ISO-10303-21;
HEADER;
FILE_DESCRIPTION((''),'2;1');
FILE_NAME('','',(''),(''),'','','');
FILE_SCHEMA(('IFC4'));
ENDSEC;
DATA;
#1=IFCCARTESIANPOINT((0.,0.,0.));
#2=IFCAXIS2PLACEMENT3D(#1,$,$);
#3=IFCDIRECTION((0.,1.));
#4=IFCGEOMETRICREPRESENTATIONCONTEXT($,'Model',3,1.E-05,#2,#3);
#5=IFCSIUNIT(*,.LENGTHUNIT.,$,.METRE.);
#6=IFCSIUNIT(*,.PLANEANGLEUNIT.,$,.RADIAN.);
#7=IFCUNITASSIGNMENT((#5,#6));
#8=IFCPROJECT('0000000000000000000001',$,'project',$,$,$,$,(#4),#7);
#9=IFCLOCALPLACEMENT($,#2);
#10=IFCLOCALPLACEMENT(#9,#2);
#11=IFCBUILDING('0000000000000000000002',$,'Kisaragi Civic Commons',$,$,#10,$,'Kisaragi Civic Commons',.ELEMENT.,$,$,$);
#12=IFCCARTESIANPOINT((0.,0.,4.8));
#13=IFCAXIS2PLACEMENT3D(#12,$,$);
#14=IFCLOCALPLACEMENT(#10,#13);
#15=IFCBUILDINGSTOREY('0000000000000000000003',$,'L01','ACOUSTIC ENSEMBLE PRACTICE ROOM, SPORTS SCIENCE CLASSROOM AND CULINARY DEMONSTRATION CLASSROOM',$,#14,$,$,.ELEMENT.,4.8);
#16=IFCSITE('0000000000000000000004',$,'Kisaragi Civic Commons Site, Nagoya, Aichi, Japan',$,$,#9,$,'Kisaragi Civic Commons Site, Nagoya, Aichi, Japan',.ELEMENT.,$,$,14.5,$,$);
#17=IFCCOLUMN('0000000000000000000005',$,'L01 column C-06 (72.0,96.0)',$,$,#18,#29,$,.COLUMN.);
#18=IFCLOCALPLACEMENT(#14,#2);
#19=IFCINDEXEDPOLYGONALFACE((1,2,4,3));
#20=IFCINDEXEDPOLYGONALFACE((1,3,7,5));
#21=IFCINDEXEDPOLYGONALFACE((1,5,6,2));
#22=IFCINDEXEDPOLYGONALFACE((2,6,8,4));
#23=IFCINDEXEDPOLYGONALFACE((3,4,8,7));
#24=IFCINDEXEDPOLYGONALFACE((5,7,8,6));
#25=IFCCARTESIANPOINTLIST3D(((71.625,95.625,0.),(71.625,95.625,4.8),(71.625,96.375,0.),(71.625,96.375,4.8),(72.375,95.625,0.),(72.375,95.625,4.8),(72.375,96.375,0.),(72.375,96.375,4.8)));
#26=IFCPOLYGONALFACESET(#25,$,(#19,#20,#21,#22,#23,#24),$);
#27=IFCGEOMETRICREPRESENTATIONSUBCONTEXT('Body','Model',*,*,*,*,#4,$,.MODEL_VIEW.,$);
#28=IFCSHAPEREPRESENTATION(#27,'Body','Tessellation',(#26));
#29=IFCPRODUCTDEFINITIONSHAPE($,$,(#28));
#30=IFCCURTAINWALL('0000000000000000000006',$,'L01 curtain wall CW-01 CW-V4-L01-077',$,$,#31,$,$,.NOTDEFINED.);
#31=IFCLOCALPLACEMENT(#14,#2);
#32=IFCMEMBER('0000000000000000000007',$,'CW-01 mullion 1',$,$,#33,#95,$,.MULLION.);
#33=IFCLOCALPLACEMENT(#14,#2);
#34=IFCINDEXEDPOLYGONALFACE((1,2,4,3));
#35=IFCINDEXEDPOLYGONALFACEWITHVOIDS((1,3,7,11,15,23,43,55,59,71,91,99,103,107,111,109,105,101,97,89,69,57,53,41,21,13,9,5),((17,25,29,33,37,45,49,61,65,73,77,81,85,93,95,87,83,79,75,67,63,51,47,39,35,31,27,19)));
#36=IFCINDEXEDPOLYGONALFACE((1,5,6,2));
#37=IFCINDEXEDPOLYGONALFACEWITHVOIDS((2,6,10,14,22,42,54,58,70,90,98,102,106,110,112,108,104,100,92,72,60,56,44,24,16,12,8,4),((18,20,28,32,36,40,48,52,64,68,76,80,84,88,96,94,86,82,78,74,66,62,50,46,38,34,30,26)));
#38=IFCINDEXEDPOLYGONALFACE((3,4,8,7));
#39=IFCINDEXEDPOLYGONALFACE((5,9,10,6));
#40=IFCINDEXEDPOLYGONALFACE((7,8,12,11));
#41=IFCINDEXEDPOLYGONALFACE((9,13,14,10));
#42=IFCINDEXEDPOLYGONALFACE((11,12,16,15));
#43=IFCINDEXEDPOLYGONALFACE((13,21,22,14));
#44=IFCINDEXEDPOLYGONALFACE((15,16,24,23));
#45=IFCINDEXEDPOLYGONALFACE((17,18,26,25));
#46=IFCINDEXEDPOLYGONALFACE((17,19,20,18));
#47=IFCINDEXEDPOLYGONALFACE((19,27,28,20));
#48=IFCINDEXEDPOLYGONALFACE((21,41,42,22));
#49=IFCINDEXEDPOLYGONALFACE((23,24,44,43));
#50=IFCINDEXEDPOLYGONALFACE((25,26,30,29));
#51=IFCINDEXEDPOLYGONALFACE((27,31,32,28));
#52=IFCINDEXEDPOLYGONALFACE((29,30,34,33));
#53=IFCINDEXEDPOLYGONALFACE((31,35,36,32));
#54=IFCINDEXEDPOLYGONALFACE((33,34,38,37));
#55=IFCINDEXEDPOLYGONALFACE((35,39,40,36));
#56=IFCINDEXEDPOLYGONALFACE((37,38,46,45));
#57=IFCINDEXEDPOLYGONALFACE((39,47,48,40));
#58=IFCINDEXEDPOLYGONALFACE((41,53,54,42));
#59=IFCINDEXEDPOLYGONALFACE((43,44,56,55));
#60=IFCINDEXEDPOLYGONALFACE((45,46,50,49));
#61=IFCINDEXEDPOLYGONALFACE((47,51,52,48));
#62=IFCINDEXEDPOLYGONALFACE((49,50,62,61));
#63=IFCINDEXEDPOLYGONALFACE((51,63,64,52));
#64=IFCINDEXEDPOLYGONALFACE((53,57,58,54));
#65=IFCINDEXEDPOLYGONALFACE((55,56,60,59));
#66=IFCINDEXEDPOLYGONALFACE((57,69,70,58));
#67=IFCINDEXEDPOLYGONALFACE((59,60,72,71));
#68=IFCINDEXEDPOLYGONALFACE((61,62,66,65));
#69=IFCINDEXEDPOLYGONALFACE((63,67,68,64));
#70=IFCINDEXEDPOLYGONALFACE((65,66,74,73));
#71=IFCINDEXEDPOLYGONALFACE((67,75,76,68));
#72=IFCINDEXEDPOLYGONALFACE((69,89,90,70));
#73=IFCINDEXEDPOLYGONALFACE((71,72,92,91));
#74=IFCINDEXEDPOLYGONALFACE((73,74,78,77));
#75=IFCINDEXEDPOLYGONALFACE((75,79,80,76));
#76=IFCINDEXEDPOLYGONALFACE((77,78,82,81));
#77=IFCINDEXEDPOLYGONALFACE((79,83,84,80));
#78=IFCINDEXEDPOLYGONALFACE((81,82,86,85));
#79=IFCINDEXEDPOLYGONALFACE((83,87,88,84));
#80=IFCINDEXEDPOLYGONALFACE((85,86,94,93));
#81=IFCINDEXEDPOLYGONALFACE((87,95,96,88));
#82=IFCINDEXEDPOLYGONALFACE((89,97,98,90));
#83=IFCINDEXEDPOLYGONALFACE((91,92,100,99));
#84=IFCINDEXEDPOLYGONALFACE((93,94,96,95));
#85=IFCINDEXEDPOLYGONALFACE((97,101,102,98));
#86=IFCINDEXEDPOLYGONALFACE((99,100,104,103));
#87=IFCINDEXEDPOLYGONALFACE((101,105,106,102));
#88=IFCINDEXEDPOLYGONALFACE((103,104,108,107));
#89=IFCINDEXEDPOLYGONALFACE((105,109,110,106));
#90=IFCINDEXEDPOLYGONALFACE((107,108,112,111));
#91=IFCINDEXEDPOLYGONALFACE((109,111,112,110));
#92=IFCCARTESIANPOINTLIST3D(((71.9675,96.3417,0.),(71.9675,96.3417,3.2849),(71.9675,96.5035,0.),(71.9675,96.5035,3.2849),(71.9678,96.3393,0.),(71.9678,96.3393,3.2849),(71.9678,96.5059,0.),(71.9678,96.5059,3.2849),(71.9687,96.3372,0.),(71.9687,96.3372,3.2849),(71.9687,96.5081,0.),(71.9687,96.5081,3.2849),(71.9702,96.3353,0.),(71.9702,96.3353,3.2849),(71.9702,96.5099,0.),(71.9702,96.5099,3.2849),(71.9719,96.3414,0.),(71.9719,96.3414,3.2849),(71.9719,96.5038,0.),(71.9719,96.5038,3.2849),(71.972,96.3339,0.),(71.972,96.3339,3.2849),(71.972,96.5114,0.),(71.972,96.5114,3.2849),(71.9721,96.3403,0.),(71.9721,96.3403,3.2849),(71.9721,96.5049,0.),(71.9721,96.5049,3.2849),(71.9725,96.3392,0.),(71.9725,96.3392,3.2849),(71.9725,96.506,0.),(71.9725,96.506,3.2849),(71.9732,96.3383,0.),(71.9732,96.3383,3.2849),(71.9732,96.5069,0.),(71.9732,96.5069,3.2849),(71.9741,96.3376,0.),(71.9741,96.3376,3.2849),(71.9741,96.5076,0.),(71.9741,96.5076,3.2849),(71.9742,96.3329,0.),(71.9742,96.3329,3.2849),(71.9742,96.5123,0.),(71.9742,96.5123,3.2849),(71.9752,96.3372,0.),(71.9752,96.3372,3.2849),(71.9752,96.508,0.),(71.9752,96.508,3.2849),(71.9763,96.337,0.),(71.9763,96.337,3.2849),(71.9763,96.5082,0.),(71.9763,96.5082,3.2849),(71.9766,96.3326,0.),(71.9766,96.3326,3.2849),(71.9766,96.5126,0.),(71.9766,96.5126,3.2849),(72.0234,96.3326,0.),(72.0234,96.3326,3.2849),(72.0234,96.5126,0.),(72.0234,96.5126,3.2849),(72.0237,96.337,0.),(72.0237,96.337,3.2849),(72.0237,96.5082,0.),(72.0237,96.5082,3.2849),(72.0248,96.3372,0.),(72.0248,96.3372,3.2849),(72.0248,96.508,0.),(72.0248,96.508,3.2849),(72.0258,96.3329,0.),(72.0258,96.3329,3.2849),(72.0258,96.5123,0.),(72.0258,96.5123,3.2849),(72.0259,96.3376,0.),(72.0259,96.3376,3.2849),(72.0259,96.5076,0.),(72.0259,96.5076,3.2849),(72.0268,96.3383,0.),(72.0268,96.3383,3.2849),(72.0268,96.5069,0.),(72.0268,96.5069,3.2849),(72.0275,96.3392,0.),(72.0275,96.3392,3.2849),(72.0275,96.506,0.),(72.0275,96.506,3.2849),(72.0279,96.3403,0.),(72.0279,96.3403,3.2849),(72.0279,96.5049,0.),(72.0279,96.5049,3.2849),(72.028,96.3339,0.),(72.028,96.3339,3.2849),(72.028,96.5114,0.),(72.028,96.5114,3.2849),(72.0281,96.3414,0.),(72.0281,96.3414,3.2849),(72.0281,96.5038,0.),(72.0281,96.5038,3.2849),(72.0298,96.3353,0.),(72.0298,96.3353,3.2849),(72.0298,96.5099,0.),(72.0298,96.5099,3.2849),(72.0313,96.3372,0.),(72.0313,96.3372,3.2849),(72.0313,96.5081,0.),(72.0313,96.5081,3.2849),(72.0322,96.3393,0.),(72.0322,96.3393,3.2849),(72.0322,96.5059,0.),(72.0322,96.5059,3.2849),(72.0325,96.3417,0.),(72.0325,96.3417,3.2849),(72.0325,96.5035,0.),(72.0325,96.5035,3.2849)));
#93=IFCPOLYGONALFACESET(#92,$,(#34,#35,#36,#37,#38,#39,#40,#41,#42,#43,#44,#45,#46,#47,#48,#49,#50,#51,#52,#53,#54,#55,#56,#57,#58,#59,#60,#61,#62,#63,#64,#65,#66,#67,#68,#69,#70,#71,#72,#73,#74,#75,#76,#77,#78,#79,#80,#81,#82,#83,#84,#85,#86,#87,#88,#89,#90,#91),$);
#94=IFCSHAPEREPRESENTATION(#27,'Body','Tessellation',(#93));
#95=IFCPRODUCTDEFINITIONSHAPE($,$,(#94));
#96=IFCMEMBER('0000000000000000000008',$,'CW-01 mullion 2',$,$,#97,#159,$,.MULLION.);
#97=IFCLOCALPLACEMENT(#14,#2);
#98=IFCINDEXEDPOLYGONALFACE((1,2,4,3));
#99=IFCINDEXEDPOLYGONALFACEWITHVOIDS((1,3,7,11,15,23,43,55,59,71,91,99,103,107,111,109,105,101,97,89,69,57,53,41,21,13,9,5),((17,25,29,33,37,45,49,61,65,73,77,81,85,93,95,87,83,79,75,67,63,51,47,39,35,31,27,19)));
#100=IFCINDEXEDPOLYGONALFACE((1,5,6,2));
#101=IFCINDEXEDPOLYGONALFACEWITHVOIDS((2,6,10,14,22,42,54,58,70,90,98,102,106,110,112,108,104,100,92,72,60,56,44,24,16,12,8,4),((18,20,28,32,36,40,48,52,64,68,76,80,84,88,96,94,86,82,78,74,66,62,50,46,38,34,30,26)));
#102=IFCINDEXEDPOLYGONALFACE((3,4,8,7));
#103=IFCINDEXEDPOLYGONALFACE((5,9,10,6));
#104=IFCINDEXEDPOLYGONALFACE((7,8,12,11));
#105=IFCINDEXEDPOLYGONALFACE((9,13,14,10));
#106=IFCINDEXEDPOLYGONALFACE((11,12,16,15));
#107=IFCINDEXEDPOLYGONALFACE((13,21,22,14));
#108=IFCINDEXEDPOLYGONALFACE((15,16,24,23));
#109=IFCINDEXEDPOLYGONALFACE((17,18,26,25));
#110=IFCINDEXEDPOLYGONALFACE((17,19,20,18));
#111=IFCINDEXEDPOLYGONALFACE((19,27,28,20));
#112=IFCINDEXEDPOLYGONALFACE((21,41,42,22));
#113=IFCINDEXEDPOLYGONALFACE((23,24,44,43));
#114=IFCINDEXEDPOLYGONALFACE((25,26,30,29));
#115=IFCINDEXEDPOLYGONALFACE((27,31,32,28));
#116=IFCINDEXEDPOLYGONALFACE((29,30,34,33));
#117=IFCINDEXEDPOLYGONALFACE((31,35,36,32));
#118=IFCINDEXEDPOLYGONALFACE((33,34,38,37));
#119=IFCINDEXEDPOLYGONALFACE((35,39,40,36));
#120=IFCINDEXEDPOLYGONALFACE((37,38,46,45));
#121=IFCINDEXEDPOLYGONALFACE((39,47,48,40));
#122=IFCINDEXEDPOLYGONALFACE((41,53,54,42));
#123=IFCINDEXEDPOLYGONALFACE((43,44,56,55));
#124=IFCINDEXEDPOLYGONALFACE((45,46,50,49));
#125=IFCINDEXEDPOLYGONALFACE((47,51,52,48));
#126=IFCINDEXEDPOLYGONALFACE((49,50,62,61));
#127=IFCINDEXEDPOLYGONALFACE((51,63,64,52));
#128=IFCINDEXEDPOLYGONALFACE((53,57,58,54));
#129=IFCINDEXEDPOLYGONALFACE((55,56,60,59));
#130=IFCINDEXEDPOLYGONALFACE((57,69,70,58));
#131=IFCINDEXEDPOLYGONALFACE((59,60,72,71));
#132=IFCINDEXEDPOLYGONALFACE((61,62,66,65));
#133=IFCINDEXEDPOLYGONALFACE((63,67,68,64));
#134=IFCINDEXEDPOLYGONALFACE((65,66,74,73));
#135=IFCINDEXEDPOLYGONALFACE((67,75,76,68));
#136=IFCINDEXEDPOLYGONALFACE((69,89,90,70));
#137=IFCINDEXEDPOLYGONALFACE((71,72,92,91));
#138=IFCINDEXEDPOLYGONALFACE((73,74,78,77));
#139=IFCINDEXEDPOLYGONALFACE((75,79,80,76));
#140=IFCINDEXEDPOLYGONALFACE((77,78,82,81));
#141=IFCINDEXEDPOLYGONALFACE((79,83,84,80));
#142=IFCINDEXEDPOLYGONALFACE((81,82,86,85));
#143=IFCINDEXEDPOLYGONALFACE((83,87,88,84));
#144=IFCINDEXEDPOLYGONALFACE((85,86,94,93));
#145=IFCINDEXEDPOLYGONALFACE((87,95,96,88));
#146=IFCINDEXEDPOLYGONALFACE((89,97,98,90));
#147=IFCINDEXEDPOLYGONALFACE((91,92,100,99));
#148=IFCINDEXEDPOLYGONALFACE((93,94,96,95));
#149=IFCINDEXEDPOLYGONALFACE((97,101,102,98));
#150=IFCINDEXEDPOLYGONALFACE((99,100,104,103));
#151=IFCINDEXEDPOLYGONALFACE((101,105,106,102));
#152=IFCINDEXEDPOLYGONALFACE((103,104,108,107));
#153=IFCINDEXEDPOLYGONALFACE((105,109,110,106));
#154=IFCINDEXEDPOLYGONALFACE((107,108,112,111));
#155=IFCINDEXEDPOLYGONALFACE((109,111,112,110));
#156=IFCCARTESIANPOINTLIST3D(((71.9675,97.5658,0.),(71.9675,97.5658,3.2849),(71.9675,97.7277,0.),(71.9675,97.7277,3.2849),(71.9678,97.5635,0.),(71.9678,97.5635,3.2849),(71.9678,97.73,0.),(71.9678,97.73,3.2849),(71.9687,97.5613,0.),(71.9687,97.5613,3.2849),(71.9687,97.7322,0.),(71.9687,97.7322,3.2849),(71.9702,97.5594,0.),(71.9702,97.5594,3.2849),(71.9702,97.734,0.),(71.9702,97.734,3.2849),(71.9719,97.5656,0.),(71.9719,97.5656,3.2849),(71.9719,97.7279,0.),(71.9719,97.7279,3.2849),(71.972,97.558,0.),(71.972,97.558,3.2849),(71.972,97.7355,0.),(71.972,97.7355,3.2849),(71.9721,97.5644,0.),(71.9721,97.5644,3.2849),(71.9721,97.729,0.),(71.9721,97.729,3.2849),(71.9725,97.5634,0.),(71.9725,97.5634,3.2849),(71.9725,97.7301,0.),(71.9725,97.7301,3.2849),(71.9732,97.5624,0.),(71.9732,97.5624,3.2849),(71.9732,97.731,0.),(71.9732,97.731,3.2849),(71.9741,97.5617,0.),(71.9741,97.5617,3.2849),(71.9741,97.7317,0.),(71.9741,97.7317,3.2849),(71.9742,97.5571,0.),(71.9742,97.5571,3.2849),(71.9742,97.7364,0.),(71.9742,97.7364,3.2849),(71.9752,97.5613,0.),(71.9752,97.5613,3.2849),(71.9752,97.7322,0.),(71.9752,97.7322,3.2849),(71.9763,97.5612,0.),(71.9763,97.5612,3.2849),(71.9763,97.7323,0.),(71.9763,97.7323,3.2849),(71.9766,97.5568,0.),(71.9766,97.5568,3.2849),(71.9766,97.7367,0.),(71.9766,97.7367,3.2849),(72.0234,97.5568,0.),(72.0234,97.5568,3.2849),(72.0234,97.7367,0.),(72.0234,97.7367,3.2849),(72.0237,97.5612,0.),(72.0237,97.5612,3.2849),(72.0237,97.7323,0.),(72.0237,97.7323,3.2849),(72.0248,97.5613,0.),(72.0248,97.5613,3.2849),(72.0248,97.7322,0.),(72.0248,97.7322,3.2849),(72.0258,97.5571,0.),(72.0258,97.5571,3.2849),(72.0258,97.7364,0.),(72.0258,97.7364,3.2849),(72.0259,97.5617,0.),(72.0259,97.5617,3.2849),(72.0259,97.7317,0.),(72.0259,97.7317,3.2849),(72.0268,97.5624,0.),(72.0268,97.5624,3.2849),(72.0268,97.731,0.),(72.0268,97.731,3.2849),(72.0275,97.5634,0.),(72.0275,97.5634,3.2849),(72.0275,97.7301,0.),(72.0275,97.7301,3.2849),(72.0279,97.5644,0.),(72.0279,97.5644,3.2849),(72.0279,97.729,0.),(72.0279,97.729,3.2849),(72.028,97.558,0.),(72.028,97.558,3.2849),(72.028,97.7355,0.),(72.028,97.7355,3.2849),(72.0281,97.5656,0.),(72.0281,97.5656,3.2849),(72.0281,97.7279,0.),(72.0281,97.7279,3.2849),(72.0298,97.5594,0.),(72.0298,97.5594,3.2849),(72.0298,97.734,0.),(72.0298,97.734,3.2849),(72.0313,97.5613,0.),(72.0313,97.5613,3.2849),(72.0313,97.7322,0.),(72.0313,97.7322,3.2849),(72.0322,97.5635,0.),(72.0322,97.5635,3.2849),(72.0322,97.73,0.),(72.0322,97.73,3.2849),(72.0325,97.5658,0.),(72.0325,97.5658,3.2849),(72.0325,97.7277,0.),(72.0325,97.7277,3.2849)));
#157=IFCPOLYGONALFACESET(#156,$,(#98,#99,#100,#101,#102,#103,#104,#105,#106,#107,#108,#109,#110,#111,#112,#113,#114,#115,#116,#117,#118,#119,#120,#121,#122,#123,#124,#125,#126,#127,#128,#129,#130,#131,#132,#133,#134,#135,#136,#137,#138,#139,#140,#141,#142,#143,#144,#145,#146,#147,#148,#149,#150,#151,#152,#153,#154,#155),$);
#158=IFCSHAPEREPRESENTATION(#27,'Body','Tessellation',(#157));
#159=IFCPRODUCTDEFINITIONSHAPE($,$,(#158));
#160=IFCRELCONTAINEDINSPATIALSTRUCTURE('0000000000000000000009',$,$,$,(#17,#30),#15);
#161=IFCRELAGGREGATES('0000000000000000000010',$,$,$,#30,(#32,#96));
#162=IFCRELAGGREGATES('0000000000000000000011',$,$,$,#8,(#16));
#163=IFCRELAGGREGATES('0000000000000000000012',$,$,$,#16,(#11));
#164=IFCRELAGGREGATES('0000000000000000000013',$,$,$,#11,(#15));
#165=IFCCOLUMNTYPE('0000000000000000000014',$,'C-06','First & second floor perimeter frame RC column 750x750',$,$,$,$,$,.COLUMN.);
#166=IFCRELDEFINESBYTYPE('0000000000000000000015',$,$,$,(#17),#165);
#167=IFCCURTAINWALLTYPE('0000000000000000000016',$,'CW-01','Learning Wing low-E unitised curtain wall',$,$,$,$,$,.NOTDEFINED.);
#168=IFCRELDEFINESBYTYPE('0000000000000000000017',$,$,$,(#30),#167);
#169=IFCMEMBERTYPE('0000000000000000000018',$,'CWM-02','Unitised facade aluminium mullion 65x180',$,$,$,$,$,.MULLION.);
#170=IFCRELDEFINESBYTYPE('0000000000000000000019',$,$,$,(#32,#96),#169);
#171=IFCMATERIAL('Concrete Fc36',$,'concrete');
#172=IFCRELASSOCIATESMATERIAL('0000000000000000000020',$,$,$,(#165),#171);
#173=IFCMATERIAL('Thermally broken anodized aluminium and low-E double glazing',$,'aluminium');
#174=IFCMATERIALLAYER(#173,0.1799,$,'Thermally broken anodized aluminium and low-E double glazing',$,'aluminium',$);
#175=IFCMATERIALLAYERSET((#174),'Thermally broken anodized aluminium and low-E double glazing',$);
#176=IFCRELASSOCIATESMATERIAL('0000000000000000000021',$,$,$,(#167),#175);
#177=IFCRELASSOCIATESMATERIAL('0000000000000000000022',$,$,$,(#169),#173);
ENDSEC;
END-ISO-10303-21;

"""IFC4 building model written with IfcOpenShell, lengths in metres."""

from ifc_helpers import new_model, si_unit, direction, frame, origin, origin_2d, place, context, subcontext, project, spatial, rectangle, hollow_rectangle, extrude, material, layer, layer_set, material_profile, profile_set, type_object, element, aggregate, save


model = new_model("IFC4")

# Units and contexts
model_context = context("Model", 3, precision=1e-05, world=origin(), true_north=direction((0.0, 1.0)))
body_context = subcontext(model_context, "Body", "Model", "MODEL_VIEW")
ifc_project = project(units=[si_unit("LENGTHUNIT", "METRE"), si_unit("PLANEANGLEUNIT", "RADIAN")], contexts=[model_context])

# Site, building, storey
site_placement = place(None, origin())
site = spatial("IfcSite", under=ifc_project, at=site_placement, Name="Kisaragi Civic Commons Site, Nagoya, Aichi, Japan", LongName="Kisaragi Civic Commons Site, Nagoya, Aichi, Japan", CompositionType="ELEMENT", RefElevation=14.5)
building_placement = place(site_placement, origin())
building = spatial("IfcBuilding", under=site, at=building_placement, Name="Kisaragi Civic Commons", LongName="Kisaragi Civic Commons", CompositionType="ELEMENT")
storey_placement = place(building_placement, frame((0.0, 0.0, 4.8)))
storey = spatial("IfcBuildingStorey", under=building, at=storey_placement, Name="L01", Description="ACOUSTIC ENSEMBLE PRACTICE ROOM, SPORTS SCIENCE CLASSROOM AND CULINARY DEMONSTRATION CLASSROOM", CompositionType="ELEMENT", Elevation=4.8)

# Column
ifc_material_1 = material(Name="Concrete Fc36", Category="concrete")
ifc_material_profile_1 = material_profile(ifc_material_1, rectangle(XDim=0.75, YDim=0.75, at=origin_2d()), Name="RC-750x750", Category="concrete")
ifc_profile_set_1 = profile_set([ifc_material_profile_1], Name="Concrete Fc36")
column_type = type_object("IfcColumnType", Name="C-06", Description="First & second floor perimeter frame RC column 750x750", PredefinedType="COLUMN", material=ifc_profile_set_1)
column_placement = place(storey_placement, frame((72.0, 96.0, 0.0), z_axis=(0.0, 0.0, 1.0), x_axis=(1.0, 0.0, 0.0)))
element("IfcColumn", 1, at=column_placement, inside=storey, type_object=column_type, Name="L01 column C-06 (72.0,96.0)", PredefinedType="COLUMN", context=body_context, shape_type="SweptSolid", body=[
    extrude(rectangle(XDim=0.75, YDim=0.75, at=origin_2d()), origin(), (0.0, 0.0, 1.0), 4.8),
])

# Curtain wall, members
ifc_material_2 = material(Name="Thermally broken anodized aluminium and low-E double glazing", Category="aluminium")
ifc_layer_1 = layer(ifc_material_2, 0.1799, Name="Thermally broken anodized aluminium and low-E double glazing", Category="aluminium")
ifc_layer_set_1 = layer_set([ifc_layer_1], Name="Thermally broken anodized aluminium and low-E double glazing")
curtain_wall_type = type_object("IfcCurtainWallType", Name="CW-01", Description="Learning Wing low-E unitised curtain wall", PredefinedType="NOTDEFINED", material=ifc_layer_set_1)
curtain_wall_placement = place(storey_placement, origin())
curtain_wall = element("IfcCurtainWall", 2, at=curtain_wall_placement, inside=storey, type_object=curtain_wall_type, Name="L01 curtain wall CW-01 CW-V4-L01-077", PredefinedType="NOTDEFINED")
ifc_material_profile_2 = material_profile(ifc_material_2, hollow_rectangle(XDim=0.0649, YDim=0.1799, WallThickness=0.0044, InnerFilletRadius=0.0044, OuterFilletRadius=0.009, at=origin_2d()), Name="CWM-65x180x4.5", Category="aluminium")
ifc_profile_set_2 = profile_set([ifc_material_profile_2], Name="Thermally broken anodized aluminium and low-E double glazing")
member_type_1 = type_object("IfcMemberType", Name="CWM-02", Description="Unitised facade aluminium mullion 65x180", PredefinedType="MULLION", material=ifc_profile_set_2)
member_1_placement = place(storey_placement, frame((72.0, 96.4226, 0.0), z_axis=(0.0, 0.0, 1.0), x_axis=(-1.0, 0.0, 0.0)))
member_1 = element("IfcMember", 3, at=member_1_placement, type_object=member_type_1, Name="CW-01 mullion 1", PredefinedType="MULLION", context=body_context, shape_type="SweptSolid", body=[
    extrude(hollow_rectangle(XDim=0.0649, YDim=0.1799, WallThickness=0.0044, InnerFilletRadius=0.0044, OuterFilletRadius=0.009, at=origin_2d()), origin(), (0.0, 0.0, 1.0), 3.2849),
])
member_2_placement = place(storey_placement, frame((72.0, 97.6467, 0.0), z_axis=(0.0, 0.0, 1.0), x_axis=(-1.0, 0.0, 0.0)))
member_2 = element("IfcMember", 4, at=member_2_placement, type_object=member_type_1, Name="CW-01 mullion 2", PredefinedType="MULLION", context=body_context, shape_type="SweptSolid", body=[
    extrude(hollow_rectangle(XDim=0.0649, YDim=0.1799, WallThickness=0.0044, InnerFilletRadius=0.0044, OuterFilletRadius=0.009, at=origin_2d()), origin(), (0.0, 0.0, 1.0), 3.2849),
])

aggregate(curtain_wall, [member_1, member_2])

save(model, "model.ifc")
